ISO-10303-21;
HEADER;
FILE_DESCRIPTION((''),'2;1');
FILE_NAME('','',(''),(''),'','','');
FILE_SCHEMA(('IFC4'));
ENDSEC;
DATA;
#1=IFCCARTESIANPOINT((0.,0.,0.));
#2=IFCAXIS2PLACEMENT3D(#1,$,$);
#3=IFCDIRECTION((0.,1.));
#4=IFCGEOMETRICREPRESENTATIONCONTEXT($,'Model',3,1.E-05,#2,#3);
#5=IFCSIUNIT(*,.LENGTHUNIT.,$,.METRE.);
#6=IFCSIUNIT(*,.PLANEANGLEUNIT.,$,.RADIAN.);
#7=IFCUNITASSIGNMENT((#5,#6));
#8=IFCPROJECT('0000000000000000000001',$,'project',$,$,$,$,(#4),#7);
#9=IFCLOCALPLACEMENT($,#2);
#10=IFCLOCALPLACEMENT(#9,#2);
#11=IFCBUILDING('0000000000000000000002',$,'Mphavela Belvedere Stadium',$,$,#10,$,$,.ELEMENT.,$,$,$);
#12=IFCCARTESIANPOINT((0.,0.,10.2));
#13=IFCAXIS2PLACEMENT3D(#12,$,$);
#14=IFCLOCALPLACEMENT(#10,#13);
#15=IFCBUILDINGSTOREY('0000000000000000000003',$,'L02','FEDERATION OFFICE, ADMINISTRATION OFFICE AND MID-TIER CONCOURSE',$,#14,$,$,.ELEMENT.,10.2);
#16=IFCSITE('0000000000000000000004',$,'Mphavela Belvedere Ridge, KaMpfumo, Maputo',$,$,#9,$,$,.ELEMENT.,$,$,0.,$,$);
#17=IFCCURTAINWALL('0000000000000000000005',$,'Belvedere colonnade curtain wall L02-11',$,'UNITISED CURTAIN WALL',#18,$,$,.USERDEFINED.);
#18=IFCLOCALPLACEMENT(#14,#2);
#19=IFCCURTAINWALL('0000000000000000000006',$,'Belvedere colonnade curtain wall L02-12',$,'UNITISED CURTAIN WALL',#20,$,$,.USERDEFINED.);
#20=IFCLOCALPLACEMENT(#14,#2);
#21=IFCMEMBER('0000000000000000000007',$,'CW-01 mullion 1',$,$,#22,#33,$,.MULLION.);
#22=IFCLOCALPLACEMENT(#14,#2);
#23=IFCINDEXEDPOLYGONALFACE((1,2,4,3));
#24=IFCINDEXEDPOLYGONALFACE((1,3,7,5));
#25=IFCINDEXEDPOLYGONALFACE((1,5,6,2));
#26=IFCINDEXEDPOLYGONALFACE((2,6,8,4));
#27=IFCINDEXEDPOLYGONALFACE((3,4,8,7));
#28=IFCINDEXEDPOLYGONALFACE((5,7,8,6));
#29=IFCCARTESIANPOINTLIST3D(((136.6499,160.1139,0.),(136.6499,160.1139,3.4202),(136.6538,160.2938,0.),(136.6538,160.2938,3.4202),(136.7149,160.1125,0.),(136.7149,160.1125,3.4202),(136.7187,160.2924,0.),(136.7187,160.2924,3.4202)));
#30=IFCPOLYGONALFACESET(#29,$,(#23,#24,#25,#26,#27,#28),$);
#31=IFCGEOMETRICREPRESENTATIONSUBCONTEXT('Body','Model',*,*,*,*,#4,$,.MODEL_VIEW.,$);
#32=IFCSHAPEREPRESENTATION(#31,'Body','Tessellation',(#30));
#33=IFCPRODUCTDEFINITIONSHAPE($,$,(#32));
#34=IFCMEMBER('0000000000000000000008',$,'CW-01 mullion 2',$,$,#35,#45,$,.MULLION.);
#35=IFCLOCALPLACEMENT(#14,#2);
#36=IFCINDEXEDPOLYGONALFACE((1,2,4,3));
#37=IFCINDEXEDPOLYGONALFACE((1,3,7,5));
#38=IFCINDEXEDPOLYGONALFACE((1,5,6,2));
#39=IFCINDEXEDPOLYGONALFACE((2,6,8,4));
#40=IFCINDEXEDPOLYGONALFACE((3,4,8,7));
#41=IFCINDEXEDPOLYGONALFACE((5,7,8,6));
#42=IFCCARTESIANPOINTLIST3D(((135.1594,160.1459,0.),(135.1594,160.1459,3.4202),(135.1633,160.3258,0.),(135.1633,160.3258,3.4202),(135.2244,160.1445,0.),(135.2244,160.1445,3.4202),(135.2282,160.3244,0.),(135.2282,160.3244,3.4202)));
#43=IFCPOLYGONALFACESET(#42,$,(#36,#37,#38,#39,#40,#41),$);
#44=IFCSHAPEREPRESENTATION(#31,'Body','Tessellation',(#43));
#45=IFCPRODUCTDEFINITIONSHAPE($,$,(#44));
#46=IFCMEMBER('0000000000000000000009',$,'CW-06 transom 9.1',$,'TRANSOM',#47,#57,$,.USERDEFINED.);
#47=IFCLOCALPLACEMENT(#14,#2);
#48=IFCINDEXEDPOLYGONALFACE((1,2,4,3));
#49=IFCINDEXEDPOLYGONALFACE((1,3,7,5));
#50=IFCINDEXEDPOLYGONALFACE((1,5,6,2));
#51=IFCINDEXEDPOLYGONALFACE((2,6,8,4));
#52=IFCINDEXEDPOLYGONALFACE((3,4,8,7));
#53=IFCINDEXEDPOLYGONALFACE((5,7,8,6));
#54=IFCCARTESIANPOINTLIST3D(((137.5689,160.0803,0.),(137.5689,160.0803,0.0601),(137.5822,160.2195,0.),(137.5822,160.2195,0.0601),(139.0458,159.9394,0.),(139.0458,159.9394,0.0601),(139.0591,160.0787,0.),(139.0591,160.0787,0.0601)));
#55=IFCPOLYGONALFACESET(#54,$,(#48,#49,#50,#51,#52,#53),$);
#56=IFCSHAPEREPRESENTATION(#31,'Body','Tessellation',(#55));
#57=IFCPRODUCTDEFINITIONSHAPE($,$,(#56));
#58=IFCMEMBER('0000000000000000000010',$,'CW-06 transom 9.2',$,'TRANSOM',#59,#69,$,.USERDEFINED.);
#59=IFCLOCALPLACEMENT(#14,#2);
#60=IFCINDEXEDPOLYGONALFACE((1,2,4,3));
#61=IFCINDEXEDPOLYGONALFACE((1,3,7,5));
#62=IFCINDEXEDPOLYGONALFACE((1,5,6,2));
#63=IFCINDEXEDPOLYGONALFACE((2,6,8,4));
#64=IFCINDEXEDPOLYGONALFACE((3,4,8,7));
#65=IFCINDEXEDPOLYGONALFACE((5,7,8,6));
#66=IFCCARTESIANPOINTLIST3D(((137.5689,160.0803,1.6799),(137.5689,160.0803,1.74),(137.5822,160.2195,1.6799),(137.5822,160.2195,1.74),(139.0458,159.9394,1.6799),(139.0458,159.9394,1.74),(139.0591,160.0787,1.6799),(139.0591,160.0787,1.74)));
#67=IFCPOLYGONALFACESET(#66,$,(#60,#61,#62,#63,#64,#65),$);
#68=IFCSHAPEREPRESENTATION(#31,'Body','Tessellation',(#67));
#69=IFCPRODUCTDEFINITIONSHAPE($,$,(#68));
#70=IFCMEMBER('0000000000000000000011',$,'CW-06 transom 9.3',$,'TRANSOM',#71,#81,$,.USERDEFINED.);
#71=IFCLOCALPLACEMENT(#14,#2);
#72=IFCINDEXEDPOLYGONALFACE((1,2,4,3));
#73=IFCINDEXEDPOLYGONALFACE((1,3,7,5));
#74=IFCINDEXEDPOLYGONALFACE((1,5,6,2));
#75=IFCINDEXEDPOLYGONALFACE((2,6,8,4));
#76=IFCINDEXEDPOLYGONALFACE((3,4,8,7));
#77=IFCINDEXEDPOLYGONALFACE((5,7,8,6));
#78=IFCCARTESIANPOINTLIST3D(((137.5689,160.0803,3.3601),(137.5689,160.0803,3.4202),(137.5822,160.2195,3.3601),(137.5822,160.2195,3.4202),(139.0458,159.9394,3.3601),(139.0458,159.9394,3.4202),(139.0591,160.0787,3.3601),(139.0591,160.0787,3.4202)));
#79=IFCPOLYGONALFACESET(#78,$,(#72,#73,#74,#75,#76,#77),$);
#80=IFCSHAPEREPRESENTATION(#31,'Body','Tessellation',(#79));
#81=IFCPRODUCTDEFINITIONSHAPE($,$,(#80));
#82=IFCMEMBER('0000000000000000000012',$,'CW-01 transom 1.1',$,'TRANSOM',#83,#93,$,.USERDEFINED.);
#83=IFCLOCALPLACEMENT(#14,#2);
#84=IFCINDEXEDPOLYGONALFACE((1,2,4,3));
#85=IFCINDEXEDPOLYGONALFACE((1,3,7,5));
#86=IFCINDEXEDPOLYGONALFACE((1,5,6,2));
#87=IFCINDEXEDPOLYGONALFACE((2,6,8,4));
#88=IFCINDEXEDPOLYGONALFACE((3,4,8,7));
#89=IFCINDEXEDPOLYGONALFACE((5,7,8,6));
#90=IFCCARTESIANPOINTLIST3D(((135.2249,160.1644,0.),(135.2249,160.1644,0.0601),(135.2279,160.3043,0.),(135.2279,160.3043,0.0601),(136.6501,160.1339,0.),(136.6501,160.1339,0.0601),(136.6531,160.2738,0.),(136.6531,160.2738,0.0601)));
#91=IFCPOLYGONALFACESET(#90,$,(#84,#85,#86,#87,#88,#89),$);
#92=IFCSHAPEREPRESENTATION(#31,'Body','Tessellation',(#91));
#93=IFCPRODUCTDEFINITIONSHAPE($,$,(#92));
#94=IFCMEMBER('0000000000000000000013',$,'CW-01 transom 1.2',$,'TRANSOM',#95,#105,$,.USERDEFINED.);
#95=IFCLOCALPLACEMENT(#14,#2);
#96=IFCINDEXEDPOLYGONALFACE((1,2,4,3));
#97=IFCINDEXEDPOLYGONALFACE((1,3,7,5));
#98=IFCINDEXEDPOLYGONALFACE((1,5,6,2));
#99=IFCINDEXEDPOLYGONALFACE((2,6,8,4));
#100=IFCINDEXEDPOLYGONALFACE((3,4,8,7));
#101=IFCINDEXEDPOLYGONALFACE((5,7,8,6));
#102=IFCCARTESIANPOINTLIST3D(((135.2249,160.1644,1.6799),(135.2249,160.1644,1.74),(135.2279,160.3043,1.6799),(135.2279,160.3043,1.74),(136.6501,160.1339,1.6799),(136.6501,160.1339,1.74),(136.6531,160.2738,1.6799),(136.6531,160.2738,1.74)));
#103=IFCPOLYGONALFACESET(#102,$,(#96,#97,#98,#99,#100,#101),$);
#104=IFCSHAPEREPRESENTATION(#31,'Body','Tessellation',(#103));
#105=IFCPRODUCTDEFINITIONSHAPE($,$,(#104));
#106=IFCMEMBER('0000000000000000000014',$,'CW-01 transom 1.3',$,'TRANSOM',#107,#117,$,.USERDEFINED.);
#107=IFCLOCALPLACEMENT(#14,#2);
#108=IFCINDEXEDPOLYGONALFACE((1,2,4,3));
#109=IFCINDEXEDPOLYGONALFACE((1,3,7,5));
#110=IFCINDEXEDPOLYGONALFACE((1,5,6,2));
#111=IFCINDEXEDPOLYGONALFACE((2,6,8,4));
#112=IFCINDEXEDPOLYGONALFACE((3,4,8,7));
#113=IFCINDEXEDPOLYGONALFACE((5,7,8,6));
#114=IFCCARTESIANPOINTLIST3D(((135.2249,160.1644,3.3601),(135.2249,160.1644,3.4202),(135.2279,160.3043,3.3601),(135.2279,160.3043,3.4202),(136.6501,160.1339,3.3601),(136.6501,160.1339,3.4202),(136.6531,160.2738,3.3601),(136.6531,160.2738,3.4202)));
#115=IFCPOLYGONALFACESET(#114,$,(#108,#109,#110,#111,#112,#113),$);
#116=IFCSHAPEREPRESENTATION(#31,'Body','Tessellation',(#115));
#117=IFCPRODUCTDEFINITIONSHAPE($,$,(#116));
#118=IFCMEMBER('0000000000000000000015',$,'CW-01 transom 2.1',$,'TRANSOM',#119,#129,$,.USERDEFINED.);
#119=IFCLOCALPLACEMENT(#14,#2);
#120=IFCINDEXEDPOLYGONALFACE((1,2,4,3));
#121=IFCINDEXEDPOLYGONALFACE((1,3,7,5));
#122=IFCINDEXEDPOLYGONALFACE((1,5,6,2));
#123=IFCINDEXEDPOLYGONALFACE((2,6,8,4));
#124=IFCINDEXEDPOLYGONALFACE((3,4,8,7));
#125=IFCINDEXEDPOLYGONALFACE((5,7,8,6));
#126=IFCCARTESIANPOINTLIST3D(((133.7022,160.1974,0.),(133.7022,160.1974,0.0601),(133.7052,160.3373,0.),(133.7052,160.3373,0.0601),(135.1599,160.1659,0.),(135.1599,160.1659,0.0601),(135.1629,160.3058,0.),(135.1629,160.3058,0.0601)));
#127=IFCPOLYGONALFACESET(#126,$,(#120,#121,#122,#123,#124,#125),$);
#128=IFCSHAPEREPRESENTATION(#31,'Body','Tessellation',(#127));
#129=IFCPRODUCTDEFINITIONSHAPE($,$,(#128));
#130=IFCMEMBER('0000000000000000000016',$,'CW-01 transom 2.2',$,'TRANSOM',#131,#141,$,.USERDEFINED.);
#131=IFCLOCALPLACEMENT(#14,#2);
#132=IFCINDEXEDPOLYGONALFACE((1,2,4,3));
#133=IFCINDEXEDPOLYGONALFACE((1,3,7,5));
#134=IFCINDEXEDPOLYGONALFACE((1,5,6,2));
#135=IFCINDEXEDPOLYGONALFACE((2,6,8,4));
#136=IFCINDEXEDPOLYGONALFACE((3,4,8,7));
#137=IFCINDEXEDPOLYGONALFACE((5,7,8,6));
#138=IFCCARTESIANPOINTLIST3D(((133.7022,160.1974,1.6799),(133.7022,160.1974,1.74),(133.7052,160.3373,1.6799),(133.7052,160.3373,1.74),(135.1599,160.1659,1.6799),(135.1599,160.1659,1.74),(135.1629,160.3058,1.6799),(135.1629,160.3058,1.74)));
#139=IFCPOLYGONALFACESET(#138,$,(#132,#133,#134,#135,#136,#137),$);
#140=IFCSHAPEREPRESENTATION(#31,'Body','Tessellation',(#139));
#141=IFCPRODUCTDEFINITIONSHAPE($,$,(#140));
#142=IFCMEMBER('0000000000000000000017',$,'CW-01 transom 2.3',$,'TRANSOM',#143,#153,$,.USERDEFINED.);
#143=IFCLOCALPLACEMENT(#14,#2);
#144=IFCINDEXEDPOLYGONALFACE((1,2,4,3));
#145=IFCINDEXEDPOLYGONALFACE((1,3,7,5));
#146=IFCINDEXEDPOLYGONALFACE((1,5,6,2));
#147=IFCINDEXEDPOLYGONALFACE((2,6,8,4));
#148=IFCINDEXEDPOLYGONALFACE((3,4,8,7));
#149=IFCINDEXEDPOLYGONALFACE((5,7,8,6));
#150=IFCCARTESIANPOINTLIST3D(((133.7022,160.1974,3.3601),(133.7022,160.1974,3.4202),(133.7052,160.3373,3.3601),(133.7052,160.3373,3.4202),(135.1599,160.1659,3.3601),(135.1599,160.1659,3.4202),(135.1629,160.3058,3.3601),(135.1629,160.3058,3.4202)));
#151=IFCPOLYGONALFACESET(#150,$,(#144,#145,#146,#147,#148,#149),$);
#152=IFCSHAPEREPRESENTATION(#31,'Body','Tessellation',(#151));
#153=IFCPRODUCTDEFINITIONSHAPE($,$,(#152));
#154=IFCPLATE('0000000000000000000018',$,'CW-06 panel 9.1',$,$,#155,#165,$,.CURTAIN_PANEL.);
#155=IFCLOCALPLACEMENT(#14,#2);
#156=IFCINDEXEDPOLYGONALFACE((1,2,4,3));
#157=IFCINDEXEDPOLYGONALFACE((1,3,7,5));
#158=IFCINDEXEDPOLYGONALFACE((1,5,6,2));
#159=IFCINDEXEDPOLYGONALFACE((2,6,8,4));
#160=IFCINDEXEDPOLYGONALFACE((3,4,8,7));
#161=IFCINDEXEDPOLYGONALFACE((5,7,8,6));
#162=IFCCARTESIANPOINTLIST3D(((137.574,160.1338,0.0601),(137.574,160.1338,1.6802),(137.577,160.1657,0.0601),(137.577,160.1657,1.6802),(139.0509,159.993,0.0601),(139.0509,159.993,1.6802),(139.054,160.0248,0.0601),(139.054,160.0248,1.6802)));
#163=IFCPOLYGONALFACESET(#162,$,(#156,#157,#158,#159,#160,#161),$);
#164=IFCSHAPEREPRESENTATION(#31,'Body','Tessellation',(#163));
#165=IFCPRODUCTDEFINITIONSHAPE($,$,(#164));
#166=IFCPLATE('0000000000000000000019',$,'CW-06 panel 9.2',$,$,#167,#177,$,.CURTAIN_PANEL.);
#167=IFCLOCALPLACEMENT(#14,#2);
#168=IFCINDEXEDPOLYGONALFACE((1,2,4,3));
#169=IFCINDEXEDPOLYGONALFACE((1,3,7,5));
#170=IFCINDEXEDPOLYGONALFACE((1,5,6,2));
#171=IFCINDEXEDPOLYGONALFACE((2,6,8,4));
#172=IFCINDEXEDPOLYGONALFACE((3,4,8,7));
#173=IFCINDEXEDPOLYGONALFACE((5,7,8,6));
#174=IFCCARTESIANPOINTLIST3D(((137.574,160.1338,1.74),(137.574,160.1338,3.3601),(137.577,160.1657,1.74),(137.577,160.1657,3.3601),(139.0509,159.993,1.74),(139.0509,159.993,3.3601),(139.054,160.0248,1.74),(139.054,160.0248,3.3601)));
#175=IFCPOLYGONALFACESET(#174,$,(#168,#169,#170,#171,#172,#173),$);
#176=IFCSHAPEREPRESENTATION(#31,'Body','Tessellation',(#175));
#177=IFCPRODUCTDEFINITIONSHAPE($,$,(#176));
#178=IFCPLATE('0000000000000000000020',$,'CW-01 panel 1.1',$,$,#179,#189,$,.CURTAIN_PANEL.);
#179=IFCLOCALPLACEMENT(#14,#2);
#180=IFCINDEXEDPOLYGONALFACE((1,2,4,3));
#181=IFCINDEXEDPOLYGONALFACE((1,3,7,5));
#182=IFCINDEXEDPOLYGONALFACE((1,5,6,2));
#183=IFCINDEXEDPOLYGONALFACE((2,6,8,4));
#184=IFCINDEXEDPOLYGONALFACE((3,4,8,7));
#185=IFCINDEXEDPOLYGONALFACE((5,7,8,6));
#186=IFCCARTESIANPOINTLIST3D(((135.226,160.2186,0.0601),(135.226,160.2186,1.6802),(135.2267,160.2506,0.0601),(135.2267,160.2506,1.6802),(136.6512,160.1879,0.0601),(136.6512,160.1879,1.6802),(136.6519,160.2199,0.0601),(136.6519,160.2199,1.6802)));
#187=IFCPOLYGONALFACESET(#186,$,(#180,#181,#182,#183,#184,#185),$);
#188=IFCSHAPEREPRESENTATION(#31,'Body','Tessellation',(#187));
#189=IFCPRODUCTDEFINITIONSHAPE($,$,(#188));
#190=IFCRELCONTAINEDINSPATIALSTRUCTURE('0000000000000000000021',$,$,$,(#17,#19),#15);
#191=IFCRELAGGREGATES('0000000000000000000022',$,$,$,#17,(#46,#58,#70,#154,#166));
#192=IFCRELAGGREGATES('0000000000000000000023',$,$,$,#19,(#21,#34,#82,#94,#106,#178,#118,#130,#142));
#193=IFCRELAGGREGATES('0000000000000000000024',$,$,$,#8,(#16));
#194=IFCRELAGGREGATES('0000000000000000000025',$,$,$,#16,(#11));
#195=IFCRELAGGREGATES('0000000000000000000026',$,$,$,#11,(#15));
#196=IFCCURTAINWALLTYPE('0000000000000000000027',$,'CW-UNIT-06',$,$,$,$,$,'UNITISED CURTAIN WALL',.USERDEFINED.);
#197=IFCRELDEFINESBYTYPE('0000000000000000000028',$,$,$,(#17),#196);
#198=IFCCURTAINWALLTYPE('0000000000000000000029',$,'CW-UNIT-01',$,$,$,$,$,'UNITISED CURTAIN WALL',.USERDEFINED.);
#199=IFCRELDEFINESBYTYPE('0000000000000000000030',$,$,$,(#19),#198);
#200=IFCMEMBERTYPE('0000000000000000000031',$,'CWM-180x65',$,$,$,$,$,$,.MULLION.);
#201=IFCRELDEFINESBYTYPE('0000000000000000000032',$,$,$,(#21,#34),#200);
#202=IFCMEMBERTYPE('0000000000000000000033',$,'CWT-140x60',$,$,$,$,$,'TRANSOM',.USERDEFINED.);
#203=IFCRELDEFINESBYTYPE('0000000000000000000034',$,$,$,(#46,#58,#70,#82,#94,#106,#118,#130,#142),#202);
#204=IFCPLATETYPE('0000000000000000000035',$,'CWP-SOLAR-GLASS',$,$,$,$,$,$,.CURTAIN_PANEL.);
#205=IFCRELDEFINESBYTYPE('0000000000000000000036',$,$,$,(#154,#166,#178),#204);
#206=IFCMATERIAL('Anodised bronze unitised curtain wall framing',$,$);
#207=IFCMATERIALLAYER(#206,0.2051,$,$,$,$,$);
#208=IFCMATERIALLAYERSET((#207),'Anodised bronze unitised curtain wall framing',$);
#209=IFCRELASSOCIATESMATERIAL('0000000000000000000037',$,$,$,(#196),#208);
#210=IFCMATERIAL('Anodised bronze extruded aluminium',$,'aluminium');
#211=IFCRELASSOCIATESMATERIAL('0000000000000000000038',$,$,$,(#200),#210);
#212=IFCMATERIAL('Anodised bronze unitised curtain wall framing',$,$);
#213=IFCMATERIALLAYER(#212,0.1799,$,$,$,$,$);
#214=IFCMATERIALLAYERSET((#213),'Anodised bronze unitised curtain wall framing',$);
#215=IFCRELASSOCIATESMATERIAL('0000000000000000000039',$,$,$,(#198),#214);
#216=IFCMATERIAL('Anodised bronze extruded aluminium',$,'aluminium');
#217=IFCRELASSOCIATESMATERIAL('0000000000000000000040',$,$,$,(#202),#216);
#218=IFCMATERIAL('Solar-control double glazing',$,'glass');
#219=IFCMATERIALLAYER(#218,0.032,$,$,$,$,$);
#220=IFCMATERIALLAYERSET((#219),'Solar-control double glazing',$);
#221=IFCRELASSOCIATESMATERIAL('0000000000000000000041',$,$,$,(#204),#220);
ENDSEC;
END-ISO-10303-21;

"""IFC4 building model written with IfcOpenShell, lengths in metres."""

from ifc_helpers import new_model, si_unit, direction, frame, origin, origin_2d, place, context, subcontext, project, spatial, rectangle, extrude, material, layer, layer_set, material_profile, profile_set, type_object, element, aggregate, save


model = new_model("IFC4")

# Units and contexts
model_context = context("Model", 3, precision=1e-05, world=origin(), true_north=direction((0.0, 1.0)))
body_context = subcontext(model_context, "Body", "Model", "MODEL_VIEW")
ifc_project = project(units=[si_unit("LENGTHUNIT", "METRE"), si_unit("PLANEANGLEUNIT", "RADIAN")], contexts=[model_context])

# Site, building, storey
site_placement = place(None, origin())
site = spatial("IfcSite", under=ifc_project, at=site_placement, Name="Mphavela Belvedere Ridge, KaMpfumo, Maputo", CompositionType="ELEMENT", RefElevation=0.0)
building_placement = place(site_placement, origin())
building = spatial("IfcBuilding", under=site, at=building_placement, Name="Mphavela Belvedere Stadium", CompositionType="ELEMENT")
storey_placement = place(building_placement, frame((0.0, 0.0, 10.2)))
storey = spatial("IfcBuildingStorey", under=building, at=storey_placement, Name="L02", Description="FEDERATION OFFICE, ADMINISTRATION OFFICE AND MID-TIER CONCOURSE", CompositionType="ELEMENT", Elevation=10.2)

# Curtain walls, members
ifc_material_1 = material(Name="Anodised bronze unitised curtain wall framing")
ifc_layer_1 = layer(ifc_material_1, 0.2051)
ifc_layer_set_1 = layer_set([ifc_layer_1], Name="Anodised bronze unitised curtain wall framing")
curtain_wall_type_1 = type_object("IfcCurtainWallType", Name="CW-UNIT-06", ElementType="UNITISED CURTAIN WALL", PredefinedType="USERDEFINED", material=ifc_layer_set_1)
curtain_wall_1_placement = place(storey_placement, origin())
curtain_wall_1 = element("IfcCurtainWall", 1, at=curtain_wall_1_placement, inside=storey, type_object=curtain_wall_type_1, Name="Belvedere colonnade curtain wall L02-11", ObjectType="UNITISED CURTAIN WALL", PredefinedType="USERDEFINED")
ifc_material_2 = material(Name="Anodised bronze extruded aluminium", Category="aluminium")
ifc_material_profile_1 = material_profile(ifc_material_2, rectangle(XDim=0.1799, YDim=0.0649, at=origin_2d()), Name="CW-MUL 180x65")
ifc_profile_set_1 = profile_set([ifc_material_profile_1], Name="Anodised bronze extruded aluminium")
member_type_1 = type_object("IfcMemberType", Name="CWM-180x65", PredefinedType="MULLION", material=ifc_profile_set_1)
ifc_material_3 = material(Name="Anodised bronze unitised curtain wall framing")
ifc_layer_2 = layer(ifc_material_3, 0.1799)
ifc_layer_set_2 = layer_set([ifc_layer_2], Name="Anodised bronze unitised curtain wall framing")
curtain_wall_type_2 = type_object("IfcCurtainWallType", Name="CW-UNIT-01", ElementType="UNITISED CURTAIN WALL", PredefinedType="USERDEFINED", material=ifc_layer_set_2)
curtain_wall_2_placement = place(storey_placement, origin())
curtain_wall_2 = element("IfcCurtainWall", 2, at=curtain_wall_2_placement, inside=storey, type_object=curtain_wall_type_2, Name="Belvedere colonnade curtain wall L02-12", ObjectType="UNITISED CURTAIN WALL", PredefinedType="USERDEFINED")
member_1_placement = place(storey_placement, frame((136.6843, 160.2031, 0.0), z_axis=(0.0, 0.0, 1.0), x_axis=(-0.021525, -0.999768, 0.0)))
member_1 = element("IfcMember", 3, at=member_1_placement, type_object=member_type_1, Name="CW-01 mullion 1", PredefinedType="MULLION", context=body_context, shape_type="SweptSolid", body=[
    extrude(rectangle(XDim=0.1799, YDim=0.0649, at=origin_2d()), origin(), (0.0, 0.0, 1.0), 3.4202),
])
member_2_placement = place(storey_placement, frame((135.1938, 160.2351, 0.0), z_axis=(0.0, 0.0, 1.0), x_axis=(-0.021525, -0.999768, 0.0)))
member_2 = element("IfcMember", 4, at=member_2_placement, type_object=member_type_1, Name="CW-01 mullion 2", PredefinedType="MULLION", context=body_context, shape_type="SweptSolid", body=[
    extrude(rectangle(XDim=0.1799, YDim=0.0649, at=origin_2d()), origin(), (0.0, 0.0, 1.0), 3.4202),
])

# Members
ifc_material_4 = material(Name="Anodised bronze extruded aluminium", Category="aluminium")
ifc_material_profile_2 = material_profile(ifc_material_4, rectangle(XDim=0.1399, YDim=0.0601, at=origin_2d()), Name="CW-TRN 140x60")
ifc_profile_set_2 = profile_set([ifc_material_profile_2], Name="Anodised bronze extruded aluminium")
member_type_2 = type_object("IfcMemberType", Name="CWT-140x60", ElementType="TRANSOM", PredefinedType="USERDEFINED", material=ifc_profile_set_2)
member_3_placement = place(storey_placement, frame((139.0525, 160.009, 0.03), z_axis=(-0.995483, 0.094941, 0.0), x_axis=(-0.094941, -0.995483, 0.0)))
member_3 = element("IfcMember", 5, at=member_3_placement, type_object=member_type_2, Name="CW-06 transom 9.1", ObjectType="TRANSOM", PredefinedType="USERDEFINED", context=body_context, shape_type="SweptSolid", body=[
    extrude(rectangle(XDim=0.1399, YDim=0.0601, at=origin_2d()), origin(), (0.0, 0.0, 1.0), 1.4836),
])
member_4_placement = place(storey_placement, frame((139.0525, 160.009, 1.71), z_axis=(-0.995483, 0.094941, 0.0), x_axis=(-0.094941, -0.995483, 0.0)))
member_4 = element("IfcMember", 6, at=member_4_placement, type_object=member_type_2, Name="CW-06 transom 9.2", ObjectType="TRANSOM", PredefinedType="USERDEFINED", context=body_context, shape_type="SweptSolid", body=[
    extrude(rectangle(XDim=0.1399, YDim=0.0601, at=origin_2d()), origin(), (0.0, 0.0, 1.0), 1.4836),
])
member_5_placement = place(storey_placement, frame((139.0525, 160.009, 3.3901), z_axis=(-0.995483, 0.094941, 0.0), x_axis=(-0.094941, -0.995483, 0.0)))
member_5 = element("IfcMember", 7, at=member_5_placement, type_object=member_type_2, Name="CW-06 transom 9.3", ObjectType="TRANSOM", PredefinedType="USERDEFINED", context=body_context, shape_type="SweptSolid", body=[
    extrude(rectangle(XDim=0.1399, YDim=0.0601, at=origin_2d()), origin(), (0.0, 0.0, 1.0), 1.4836),
])
member_6_placement = place(storey_placement, frame((136.6516, 160.2039, 0.03), z_axis=(-0.999771, 0.021407, 0.0), x_axis=(-0.021407, -0.999771, 0.0)))
member_6 = element("IfcMember", 8, at=member_6_placement, type_object=member_type_2, Name="CW-01 transom 1.1", ObjectType="TRANSOM", PredefinedType="USERDEFINED", context=body_context, shape_type="SweptSolid", body=[
    extrude(rectangle(XDim=0.1399, YDim=0.0601, at=origin_2d()), origin(), (0.0, 0.0, 1.0), 1.4255),
])
member_7_placement = place(storey_placement, frame((136.6516, 160.2039, 1.71), z_axis=(-0.999771, 0.021407, 0.0), x_axis=(-0.021407, -0.999771, 0.0)))
member_7 = element("IfcMember", 9, at=member_7_placement, type_object=member_type_2, Name="CW-01 transom 1.2", ObjectType="TRANSOM", PredefinedType="USERDEFINED", context=body_context, shape_type="SweptSolid", body=[
    extrude(rectangle(XDim=0.1399, YDim=0.0601, at=origin_2d()), origin(), (0.0, 0.0, 1.0), 1.4255),
])
member_8_placement = place(storey_placement, frame((136.6516, 160.2039, 3.3901), z_axis=(-0.999771, 0.021407, 0.0), x_axis=(-0.021407, -0.999771, 0.0)))
member_8 = element("IfcMember", 10, at=member_8_placement, type_object=member_type_2, Name="CW-01 transom 1.3", ObjectType="TRANSOM", PredefinedType="USERDEFINED", context=body_context, shape_type="SweptSolid", body=[
    extrude(rectangle(XDim=0.1399, YDim=0.0601, at=origin_2d()), origin(), (0.0, 0.0, 1.0), 1.4255),
])
member_9_placement = place(storey_placement, frame((135.1614, 160.2358, 0.03), z_axis=(-0.999767, 0.021599, 0.0), x_axis=(-0.021599, -0.999767, 0.0)))
member_9 = element("IfcMember", 11, at=member_9_placement, type_object=member_type_2, Name="CW-01 transom 2.1", ObjectType="TRANSOM", PredefinedType="USERDEFINED", context=body_context, shape_type="SweptSolid", body=[
    extrude(rectangle(XDim=0.1399, YDim=0.0601, at=origin_2d()), origin(), (0.0, 0.0, 1.0), 1.458),
])
member_10_placement = place(storey_placement, frame((135.1614, 160.2358, 1.71), z_axis=(-0.999767, 0.021599, 0.0), x_axis=(-0.021599, -0.999767, 0.0)))
member_10 = element("IfcMember", 12, at=member_10_placement, type_object=member_type_2, Name="CW-01 transom 2.2", ObjectType="TRANSOM", PredefinedType="USERDEFINED", context=body_context, shape_type="SweptSolid", body=[
    extrude(rectangle(XDim=0.1399, YDim=0.0601, at=origin_2d()), origin(), (0.0, 0.0, 1.0), 1.458),
])
member_11_placement = place(storey_placement, frame((135.1614, 160.2358, 3.3901), z_axis=(-0.999767, 0.021599, 0.0), x_axis=(-0.021599, -0.999767, 0.0)))
member_11 = element("IfcMember", 13, at=member_11_placement, type_object=member_type_2, Name="CW-01 transom 2.3", ObjectType="TRANSOM", PredefinedType="USERDEFINED", context=body_context, shape_type="SweptSolid", body=[
    extrude(rectangle(XDim=0.1399, YDim=0.0601, at=origin_2d()), origin(), (0.0, 0.0, 1.0), 1.458),
])

# Plates
ifc_material_5 = material(Name="Solar-control double glazing", Category="glass")
ifc_layer_3 = layer(ifc_material_5, 0.032)
ifc_layer_set_3 = layer_set([ifc_layer_3], Name="Solar-control double glazing")
plate_type = type_object("IfcPlateType", Name="CWP-SOLAR-GLASS", PredefinedType="CURTAIN_PANEL", material=ifc_layer_set_3)
plate_1_placement = place(storey_placement, frame((138.314, 160.0793, 0.0601), z_axis=(0.0, 0.0, 1.0), x_axis=(-0.995484, 0.094926, 0.0)))
plate_1 = element("IfcPlate", 14, at=plate_1_placement, type_object=plate_type, Name="CW-06 panel 9.1", PredefinedType="CURTAIN_PANEL", context=body_context, shape_type="SweptSolid", body=[
    extrude(rectangle(XDim=1.4836, YDim=0.032, at=origin_2d()), origin(), (0.0, 0.0, 1.0), 1.6201),
])
plate_2_placement = place(storey_placement, frame((138.314, 160.0793, 1.74), z_axis=(0.0, 0.0, 1.0), x_axis=(-0.995484, 0.094926, 0.0)))
plate_2 = element("IfcPlate", 15, at=plate_2_placement, type_object=plate_type, Name="CW-06 panel 9.2", PredefinedType="CURTAIN_PANEL", context=body_context, shape_type="SweptSolid", body=[
    extrude(rectangle(XDim=1.4836, YDim=0.032, at=origin_2d()), origin(), (0.0, 0.0, 1.0), 1.6201),
])
aggregate(curtain_wall_1, [member_3, member_4, member_5, plate_1, plate_2])
plate_3_placement = place(storey_placement, frame((135.939, 160.2192, 0.0601), z_axis=(0.0, 0.0, 1.0), x_axis=(-0.999768, 0.021525, 0.0)))
plate_3 = element("IfcPlate", 16, at=plate_3_placement, type_object=plate_type, Name="CW-01 panel 1.1", PredefinedType="CURTAIN_PANEL", context=body_context, shape_type="SweptSolid", body=[
    extrude(rectangle(XDim=1.4255, YDim=0.032, at=origin_2d()), origin(), (0.0, 0.0, 1.0), 1.6201),
])
aggregate(curtain_wall_2, [member_1, member_2, member_6, member_7, member_8, plate_3, member_9, member_10, member_11])

save(model, "model.ifc")
